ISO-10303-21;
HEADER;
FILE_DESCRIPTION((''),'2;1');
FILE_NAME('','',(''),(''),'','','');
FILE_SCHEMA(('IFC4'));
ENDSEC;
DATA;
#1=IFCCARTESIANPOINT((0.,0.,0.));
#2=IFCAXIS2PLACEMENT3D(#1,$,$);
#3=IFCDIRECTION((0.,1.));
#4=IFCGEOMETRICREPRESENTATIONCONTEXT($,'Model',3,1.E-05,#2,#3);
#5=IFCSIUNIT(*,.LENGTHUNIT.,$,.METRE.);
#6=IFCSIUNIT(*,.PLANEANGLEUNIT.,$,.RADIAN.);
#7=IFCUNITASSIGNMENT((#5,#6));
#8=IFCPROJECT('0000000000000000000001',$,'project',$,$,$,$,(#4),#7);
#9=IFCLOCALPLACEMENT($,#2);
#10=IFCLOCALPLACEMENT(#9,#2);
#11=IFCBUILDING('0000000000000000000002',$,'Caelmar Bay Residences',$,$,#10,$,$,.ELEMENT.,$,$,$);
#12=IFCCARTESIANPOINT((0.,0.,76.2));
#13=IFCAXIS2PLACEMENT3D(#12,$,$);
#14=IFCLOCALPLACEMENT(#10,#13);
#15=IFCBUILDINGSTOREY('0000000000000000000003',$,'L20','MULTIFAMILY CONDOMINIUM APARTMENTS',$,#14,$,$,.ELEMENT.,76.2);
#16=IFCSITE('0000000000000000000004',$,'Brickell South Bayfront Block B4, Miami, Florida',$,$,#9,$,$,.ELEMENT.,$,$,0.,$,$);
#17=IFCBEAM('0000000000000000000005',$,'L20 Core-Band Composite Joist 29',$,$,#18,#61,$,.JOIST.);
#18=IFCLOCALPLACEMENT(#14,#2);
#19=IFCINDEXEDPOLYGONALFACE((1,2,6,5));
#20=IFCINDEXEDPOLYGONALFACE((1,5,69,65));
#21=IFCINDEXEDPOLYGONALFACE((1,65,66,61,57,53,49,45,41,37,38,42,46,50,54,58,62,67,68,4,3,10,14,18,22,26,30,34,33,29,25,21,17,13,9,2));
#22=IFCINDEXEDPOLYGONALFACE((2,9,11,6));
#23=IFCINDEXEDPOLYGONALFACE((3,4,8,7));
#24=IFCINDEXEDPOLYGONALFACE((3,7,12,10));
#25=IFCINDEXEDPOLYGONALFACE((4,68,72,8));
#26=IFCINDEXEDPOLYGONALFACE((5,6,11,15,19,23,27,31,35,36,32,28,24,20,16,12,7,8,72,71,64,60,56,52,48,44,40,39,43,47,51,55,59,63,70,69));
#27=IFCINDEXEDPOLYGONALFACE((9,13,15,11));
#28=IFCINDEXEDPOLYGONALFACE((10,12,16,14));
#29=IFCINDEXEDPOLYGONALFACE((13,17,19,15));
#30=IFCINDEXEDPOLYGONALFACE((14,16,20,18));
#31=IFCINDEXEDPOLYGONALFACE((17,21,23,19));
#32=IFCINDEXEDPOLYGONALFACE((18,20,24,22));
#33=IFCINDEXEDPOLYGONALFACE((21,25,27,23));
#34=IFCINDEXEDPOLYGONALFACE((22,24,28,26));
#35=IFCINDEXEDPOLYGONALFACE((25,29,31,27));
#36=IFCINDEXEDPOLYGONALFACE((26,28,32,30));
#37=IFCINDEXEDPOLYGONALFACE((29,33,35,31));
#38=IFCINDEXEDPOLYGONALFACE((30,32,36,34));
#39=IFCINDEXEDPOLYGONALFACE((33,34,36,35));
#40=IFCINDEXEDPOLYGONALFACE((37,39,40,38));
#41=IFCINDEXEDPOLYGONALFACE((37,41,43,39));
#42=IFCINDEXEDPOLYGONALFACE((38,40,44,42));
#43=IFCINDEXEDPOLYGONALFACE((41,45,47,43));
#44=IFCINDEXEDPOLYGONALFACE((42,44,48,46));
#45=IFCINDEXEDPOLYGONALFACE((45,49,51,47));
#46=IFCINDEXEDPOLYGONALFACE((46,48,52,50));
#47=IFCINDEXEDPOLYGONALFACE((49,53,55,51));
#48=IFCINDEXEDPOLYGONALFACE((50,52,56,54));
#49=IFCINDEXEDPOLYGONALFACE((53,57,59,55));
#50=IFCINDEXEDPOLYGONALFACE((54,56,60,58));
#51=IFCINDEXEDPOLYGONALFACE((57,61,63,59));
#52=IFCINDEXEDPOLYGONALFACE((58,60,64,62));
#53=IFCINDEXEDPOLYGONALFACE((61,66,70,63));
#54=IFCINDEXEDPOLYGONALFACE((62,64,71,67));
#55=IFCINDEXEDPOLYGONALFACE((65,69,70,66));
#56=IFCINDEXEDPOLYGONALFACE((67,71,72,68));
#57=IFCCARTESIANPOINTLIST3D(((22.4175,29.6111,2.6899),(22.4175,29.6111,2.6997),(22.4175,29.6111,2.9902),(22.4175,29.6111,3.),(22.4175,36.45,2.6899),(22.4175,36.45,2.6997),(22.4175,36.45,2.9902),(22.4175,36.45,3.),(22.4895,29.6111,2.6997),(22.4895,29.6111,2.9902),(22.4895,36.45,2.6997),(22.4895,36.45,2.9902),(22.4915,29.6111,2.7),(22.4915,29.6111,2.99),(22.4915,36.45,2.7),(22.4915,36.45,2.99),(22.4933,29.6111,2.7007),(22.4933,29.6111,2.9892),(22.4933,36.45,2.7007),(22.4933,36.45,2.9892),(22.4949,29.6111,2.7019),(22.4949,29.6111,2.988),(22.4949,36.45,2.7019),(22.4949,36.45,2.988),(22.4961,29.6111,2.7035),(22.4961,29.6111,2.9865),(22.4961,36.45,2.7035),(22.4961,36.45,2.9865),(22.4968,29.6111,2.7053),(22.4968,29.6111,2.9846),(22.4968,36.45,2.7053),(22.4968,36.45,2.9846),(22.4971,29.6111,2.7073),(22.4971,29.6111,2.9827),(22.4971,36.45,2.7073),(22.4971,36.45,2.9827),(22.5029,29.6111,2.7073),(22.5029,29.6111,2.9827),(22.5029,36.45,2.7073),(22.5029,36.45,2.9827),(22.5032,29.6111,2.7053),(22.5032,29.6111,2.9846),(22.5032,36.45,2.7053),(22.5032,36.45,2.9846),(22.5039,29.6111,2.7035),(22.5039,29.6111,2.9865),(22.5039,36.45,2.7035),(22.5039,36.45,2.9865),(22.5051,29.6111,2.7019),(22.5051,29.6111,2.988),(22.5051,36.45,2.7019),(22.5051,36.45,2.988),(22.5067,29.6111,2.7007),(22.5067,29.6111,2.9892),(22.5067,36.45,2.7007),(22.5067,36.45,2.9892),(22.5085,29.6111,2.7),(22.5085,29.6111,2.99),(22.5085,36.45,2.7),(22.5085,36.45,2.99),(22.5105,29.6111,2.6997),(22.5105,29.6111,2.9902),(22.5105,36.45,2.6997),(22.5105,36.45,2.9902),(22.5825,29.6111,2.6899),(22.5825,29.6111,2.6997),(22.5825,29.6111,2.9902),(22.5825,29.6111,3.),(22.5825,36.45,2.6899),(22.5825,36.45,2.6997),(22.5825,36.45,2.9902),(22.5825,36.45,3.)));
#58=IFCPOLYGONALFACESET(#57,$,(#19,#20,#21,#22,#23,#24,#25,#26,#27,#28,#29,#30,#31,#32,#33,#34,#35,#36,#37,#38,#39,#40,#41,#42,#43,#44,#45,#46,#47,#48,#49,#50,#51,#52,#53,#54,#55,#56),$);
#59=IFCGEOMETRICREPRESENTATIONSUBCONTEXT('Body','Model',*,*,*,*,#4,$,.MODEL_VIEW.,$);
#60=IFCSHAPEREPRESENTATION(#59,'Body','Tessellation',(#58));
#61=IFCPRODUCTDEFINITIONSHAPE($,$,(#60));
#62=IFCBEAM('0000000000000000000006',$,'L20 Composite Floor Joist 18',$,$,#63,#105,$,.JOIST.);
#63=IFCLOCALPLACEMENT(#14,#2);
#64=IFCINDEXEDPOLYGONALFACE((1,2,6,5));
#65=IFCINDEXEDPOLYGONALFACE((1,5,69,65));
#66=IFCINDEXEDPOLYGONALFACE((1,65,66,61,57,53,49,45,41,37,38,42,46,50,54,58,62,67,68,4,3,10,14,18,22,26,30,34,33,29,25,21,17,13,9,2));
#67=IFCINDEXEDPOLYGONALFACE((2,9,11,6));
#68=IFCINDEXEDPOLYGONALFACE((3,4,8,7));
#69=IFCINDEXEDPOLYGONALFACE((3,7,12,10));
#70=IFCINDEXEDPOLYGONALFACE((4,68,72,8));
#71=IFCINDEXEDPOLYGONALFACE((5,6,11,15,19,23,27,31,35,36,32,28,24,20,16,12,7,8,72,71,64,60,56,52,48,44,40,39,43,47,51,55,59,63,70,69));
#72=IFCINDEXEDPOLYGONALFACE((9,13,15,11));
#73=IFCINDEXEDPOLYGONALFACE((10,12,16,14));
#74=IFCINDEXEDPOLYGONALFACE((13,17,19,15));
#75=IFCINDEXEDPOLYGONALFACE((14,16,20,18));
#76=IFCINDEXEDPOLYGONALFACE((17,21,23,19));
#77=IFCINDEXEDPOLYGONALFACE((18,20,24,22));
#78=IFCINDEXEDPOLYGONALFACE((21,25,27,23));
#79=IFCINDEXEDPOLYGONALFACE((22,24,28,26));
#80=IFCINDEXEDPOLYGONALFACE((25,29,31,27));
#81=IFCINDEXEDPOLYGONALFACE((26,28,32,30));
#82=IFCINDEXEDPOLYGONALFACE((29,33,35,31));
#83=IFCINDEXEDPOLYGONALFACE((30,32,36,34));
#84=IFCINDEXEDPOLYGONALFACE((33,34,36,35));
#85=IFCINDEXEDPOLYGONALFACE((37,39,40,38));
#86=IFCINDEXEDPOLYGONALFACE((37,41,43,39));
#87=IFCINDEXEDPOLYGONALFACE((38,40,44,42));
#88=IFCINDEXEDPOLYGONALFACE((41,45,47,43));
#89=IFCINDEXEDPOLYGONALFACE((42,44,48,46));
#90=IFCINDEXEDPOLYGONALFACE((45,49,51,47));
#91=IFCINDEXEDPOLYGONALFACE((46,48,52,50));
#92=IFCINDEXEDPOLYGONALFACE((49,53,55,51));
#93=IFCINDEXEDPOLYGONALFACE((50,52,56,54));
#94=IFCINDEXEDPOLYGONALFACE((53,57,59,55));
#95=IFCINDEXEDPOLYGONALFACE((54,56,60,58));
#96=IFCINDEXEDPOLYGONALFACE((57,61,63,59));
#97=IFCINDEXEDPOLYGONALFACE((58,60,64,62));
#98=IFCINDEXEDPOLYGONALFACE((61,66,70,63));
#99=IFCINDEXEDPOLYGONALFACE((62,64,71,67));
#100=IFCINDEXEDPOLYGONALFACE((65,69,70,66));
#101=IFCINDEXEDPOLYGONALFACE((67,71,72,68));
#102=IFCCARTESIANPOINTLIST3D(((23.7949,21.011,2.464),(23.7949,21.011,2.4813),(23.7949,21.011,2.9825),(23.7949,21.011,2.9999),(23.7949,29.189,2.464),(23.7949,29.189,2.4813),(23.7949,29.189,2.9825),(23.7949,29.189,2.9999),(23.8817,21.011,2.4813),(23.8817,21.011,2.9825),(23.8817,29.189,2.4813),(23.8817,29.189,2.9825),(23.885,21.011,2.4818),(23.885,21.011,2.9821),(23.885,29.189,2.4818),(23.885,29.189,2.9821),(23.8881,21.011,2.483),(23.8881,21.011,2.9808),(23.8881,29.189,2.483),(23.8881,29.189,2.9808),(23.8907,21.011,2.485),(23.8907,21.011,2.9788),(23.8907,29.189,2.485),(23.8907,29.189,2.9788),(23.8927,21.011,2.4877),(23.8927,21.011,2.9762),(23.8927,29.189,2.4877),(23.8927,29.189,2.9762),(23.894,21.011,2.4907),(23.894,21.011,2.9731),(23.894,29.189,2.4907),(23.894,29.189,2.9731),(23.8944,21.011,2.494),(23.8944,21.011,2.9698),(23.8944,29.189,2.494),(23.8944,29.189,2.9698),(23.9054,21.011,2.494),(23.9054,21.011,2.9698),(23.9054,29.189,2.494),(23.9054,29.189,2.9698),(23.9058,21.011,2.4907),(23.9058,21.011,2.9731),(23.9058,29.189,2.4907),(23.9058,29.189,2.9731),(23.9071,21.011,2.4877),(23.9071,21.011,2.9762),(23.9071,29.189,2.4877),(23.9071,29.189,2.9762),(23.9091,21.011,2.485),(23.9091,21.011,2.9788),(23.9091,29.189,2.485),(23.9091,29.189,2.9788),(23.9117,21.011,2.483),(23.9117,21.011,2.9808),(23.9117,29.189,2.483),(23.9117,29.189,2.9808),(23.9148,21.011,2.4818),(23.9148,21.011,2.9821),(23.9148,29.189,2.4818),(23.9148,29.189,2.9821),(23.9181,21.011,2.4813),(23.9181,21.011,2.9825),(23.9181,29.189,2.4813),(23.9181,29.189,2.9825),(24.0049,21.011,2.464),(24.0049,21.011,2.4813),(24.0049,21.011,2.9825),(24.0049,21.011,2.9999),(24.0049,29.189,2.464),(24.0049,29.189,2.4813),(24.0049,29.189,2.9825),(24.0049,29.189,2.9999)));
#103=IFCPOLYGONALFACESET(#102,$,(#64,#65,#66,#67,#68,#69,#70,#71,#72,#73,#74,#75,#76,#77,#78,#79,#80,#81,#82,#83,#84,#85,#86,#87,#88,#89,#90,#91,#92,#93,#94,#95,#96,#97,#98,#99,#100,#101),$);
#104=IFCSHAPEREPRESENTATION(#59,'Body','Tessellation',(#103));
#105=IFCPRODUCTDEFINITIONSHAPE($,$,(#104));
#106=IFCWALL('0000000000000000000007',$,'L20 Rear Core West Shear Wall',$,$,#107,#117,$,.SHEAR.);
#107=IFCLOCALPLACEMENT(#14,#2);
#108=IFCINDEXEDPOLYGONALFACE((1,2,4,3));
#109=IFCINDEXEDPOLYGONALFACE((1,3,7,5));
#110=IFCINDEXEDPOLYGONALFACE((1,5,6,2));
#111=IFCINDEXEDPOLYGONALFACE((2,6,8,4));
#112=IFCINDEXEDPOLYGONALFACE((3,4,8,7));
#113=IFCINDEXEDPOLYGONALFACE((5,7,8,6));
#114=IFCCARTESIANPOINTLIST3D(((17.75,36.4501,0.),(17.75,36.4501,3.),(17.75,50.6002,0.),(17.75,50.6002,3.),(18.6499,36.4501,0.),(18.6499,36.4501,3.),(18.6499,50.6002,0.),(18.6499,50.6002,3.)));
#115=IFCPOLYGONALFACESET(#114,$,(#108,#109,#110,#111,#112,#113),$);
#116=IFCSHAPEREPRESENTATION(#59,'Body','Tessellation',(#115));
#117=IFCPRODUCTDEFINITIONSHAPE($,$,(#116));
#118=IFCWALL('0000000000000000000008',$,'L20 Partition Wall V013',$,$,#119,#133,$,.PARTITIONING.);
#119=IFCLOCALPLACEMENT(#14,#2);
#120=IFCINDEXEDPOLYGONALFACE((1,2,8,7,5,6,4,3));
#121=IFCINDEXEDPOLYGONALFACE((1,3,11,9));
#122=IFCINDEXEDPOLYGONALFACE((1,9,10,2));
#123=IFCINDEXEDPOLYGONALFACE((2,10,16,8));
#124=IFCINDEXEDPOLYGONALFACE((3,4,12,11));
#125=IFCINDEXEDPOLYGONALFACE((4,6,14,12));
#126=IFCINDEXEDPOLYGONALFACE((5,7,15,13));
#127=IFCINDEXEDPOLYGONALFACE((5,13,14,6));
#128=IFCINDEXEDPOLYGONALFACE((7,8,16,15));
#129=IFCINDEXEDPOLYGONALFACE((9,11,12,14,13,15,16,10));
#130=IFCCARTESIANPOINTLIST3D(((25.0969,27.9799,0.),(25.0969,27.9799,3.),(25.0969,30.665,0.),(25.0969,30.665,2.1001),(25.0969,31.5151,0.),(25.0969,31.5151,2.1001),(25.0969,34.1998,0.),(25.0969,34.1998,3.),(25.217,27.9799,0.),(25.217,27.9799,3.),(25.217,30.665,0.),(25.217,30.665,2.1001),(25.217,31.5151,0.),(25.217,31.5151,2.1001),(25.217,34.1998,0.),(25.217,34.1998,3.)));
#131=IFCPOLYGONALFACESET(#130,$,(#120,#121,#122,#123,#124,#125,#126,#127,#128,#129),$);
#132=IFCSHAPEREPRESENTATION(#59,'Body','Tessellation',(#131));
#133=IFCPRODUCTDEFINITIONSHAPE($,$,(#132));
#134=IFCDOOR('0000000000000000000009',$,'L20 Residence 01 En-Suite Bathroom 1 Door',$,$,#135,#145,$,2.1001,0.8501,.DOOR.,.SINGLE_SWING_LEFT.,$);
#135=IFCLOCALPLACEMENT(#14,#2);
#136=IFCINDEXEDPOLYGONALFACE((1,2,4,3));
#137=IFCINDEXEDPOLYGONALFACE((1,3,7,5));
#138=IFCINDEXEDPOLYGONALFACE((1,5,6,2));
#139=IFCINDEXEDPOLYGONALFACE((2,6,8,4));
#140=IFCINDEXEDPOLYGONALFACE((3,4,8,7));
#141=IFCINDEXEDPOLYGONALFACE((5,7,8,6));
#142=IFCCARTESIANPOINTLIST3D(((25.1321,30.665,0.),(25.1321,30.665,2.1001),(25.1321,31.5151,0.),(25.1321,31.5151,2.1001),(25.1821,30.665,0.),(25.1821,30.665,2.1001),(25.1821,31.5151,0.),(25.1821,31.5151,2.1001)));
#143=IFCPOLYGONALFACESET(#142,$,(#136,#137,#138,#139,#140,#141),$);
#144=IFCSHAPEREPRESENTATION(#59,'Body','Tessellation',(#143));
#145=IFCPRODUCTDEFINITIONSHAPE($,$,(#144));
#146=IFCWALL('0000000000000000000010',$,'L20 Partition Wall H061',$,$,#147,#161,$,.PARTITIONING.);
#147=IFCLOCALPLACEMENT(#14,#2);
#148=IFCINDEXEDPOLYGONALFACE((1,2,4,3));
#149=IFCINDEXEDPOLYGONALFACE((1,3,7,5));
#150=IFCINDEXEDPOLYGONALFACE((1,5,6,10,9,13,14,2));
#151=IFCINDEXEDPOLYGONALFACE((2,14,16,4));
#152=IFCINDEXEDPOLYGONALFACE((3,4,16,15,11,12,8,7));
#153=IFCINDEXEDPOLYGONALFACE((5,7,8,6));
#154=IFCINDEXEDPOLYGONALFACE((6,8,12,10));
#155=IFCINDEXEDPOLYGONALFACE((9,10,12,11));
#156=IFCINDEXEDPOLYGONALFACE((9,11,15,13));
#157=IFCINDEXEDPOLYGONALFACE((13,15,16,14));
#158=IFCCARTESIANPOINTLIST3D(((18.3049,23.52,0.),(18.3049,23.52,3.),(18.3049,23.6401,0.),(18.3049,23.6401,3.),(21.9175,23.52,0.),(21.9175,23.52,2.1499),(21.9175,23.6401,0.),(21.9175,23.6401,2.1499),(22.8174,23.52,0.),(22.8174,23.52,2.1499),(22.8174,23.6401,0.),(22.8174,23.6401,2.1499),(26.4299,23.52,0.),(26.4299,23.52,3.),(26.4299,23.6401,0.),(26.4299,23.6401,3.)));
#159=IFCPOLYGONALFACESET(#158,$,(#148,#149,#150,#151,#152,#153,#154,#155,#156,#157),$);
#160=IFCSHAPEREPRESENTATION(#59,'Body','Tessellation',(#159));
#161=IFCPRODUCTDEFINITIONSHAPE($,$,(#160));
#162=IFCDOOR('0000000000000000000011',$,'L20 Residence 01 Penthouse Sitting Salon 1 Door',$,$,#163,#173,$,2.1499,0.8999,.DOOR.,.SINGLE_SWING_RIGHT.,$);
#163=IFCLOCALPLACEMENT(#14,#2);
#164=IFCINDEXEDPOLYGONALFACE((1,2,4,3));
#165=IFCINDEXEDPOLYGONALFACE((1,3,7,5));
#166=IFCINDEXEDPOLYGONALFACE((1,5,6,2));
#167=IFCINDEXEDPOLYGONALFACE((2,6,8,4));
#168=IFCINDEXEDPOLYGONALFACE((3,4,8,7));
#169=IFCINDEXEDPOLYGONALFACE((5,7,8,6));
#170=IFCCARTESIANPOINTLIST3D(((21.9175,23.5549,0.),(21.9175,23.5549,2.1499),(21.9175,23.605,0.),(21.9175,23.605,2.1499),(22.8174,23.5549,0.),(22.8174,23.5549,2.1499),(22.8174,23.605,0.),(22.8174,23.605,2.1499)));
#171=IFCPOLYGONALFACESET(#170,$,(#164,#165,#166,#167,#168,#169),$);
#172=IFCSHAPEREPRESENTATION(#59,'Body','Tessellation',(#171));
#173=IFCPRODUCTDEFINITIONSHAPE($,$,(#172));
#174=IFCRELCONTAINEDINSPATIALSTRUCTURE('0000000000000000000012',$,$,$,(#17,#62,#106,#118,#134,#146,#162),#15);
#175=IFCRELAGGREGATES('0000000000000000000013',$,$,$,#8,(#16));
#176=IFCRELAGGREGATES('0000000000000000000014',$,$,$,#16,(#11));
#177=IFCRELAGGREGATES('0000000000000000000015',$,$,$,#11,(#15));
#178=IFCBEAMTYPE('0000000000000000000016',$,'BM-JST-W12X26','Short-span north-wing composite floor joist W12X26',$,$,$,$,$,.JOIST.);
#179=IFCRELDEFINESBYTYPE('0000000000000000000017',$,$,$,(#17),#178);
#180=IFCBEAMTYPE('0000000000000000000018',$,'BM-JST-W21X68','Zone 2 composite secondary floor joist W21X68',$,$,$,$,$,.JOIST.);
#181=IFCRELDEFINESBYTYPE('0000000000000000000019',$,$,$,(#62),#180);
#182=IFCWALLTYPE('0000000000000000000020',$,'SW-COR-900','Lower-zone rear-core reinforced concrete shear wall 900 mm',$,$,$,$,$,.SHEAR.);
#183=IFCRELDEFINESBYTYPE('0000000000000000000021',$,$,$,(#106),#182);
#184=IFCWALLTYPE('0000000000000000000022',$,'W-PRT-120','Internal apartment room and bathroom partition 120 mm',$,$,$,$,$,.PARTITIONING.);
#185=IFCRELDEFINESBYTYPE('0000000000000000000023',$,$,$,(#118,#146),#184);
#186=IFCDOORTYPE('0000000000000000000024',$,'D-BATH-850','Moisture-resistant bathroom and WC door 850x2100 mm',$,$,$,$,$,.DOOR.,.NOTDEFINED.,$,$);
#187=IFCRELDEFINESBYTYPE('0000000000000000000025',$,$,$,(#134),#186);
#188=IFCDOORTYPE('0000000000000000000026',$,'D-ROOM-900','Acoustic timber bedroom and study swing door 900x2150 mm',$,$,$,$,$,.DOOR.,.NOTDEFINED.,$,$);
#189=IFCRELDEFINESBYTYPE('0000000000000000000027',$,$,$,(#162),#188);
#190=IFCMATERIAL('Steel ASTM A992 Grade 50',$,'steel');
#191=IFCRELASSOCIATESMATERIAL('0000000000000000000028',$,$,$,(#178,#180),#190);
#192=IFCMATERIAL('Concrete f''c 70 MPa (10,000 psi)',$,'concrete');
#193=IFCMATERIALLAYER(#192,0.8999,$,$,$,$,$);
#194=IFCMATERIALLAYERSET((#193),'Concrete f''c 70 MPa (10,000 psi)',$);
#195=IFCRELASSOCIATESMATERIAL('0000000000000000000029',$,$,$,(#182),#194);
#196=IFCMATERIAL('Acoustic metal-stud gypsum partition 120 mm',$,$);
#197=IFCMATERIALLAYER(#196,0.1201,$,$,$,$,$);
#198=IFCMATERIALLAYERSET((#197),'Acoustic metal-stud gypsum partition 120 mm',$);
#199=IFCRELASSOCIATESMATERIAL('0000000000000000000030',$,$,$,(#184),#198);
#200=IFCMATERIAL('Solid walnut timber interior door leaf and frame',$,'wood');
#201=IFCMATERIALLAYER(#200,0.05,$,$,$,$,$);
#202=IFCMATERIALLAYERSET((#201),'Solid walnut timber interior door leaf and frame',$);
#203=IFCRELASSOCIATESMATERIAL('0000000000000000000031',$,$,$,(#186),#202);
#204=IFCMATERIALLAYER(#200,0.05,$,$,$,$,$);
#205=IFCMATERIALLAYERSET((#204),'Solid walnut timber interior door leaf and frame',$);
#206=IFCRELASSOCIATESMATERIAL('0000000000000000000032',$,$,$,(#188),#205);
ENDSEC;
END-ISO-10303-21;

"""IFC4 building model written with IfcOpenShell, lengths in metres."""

from ifc_helpers import new_model, si_unit, direction, frame, frame_2d, origin, origin_2d, place, context, subcontext, project, spatial, rectangle, i_section, extrude, material, layer, layer_set, material_profile, profile_set, type_object, element, fill, save


model = new_model("IFC4")

# Units and contexts
model_context = context("Model", 3, precision=1e-05, world=origin(), true_north=direction((0.0, 1.0)))
body_context = subcontext(model_context, "Body", "Model", "MODEL_VIEW")
ifc_project = project(units=[si_unit("LENGTHUNIT", "METRE"), si_unit("PLANEANGLEUNIT", "RADIAN")], contexts=[model_context])

# Site, building, storey
site_placement = place(None, origin())
site = spatial("IfcSite", under=ifc_project, at=site_placement, Name="Brickell South Bayfront Block B4, Miami, Florida", CompositionType="ELEMENT", RefElevation=0.0)
building_placement = place(site_placement, origin())
building = spatial("IfcBuilding", under=site, at=building_placement, Name="Caelmar Bay Residences", CompositionType="ELEMENT")
storey_placement = place(building_placement, frame((0.0, 0.0, 76.2)))
storey = spatial("IfcBuildingStorey", under=building, at=storey_placement, Name="L20", Description="MULTIFAMILY CONDOMINIUM APARTMENTS", CompositionType="ELEMENT", Elevation=76.2)

# Shared definitions
ifc_material_1 = material(Name="Concrete f'c 70 MPa (10,000 psi)", Category="concrete")

# Beams
ifc_material_2 = material(Name="Steel ASTM A992 Grade 50", Category="steel")
ifc_material_profile_1 = material_profile(ifc_material_2, i_section(OverallWidth=0.165, OverallDepth=0.3101, WebThickness=0.0059, FlangeThickness=0.0098, FilletRadius=0.0076, at=origin_2d()), Name="W12X26")
ifc_profile_set_1 = profile_set([ifc_material_profile_1], Name="Steel ASTM A992 Grade 50")
beam_type_1 = type_object("IfcBeamType", Name="BM-JST-W12X26", Description="Short-span north-wing composite floor joist W12X26", PredefinedType="JOIST", material=ifc_profile_set_1)
beam_1_placement = place(storey_placement, frame((22.5, 29.6111, 2.845), z_axis=(0.0, 1.0, 0.0), x_axis=(-1.0, 0.0, 0.0)))
element("IfcBeam", 1, at=beam_1_placement, inside=storey, type_object=beam_type_1, Name="L20 Core-Band Composite Joist 29", PredefinedType="JOIST", context=body_context, shape_type="SweptSolid", body=[
    extrude(i_section(OverallWidth=0.165, OverallDepth=0.3101, WebThickness=0.0059, FlangeThickness=0.0098, FilletRadius=0.0076, at=origin_2d()), origin(), (0.0, 0.0, 1.0), 6.8389),
])
ifc_material_profile_2 = material_profile(ifc_material_2, i_section(OverallWidth=0.21, OverallDepth=0.5359, WebThickness=0.011, FlangeThickness=0.0173, FilletRadius=0.0127, at=origin_2d()), Name="W21X68")
ifc_profile_set_2 = profile_set([ifc_material_profile_2], Name="Steel ASTM A992 Grade 50")
beam_type_2 = type_object("IfcBeamType", Name="BM-JST-W21X68", Description="Zone 2 composite secondary floor joist W21X68", PredefinedType="JOIST", material=ifc_profile_set_2)
beam_2_placement = place(storey_placement, frame((23.8999, 21.011, 2.7319), z_axis=(0.0, 1.0, 0.0), x_axis=(-1.0, 0.0, 0.0)))
element("IfcBeam", 2, at=beam_2_placement, inside=storey, type_object=beam_type_2, Name="L20 Composite Floor Joist 18", PredefinedType="JOIST", context=body_context, shape_type="SweptSolid", body=[
    extrude(i_section(OverallWidth=0.21, OverallDepth=0.5359, WebThickness=0.011, FlangeThickness=0.0173, FilletRadius=0.0127, at=origin_2d()), origin(), (0.0, 0.0, 1.0), 8.178),
])

# Wall
ifc_layer_1 = layer(ifc_material_1, 0.8999)
ifc_layer_set_1 = layer_set([ifc_layer_1], Name="Concrete f'c 70 MPa (10,000 psi)")
wall_type_1 = type_object("IfcWallType", Name="SW-COR-900", Description="Lower-zone rear-core reinforced concrete shear wall 900 mm", PredefinedType="SHEAR", material=ifc_layer_set_1)
wall_1_placement = place(storey_placement, frame((18.2, 36.45, 0.0), z_axis=(0.0, 0.0, 1.0), x_axis=(0.0, 1.0, 0.0)))
element("IfcWall", 3, at=wall_1_placement, inside=storey, type_object=wall_type_1, Name="L20 Rear Core West Shear Wall", PredefinedType="SHEAR", context=body_context, shape_type="SweptSolid", body=[
    extrude(rectangle(XDim=14.1501, YDim=0.8999, at=frame_2d((7.0752, 0.0))), origin(), (0.0, 0.0, 1.0), 3.0),
])

# Walls, openings, doors
ifc_material_3 = material(Name="Acoustic metal-stud gypsum partition 120 mm")
ifc_layer_2 = layer(ifc_material_3, 0.1201)
ifc_layer_set_2 = layer_set([ifc_layer_2], Name="Acoustic metal-stud gypsum partition 120 mm")
wall_type_2 = type_object("IfcWallType", Name="W-PRT-120", Description="Internal apartment room and bathroom partition 120 mm", PredefinedType="PARTITIONING", material=ifc_layer_set_2)
wall_2_placement = place(storey_placement, frame((25.157, 27.98, 0.0), z_axis=(0.0, 0.0, 1.0), x_axis=(0.0, 1.0, 0.0)))
wall_2 = element("IfcWall", 4, at=wall_2_placement, inside=storey, type_object=wall_type_2, Name="L20 Partition Wall V013", PredefinedType="PARTITIONING", context=body_context, shape_type="SweptSolid", body=[
    extrude(rectangle(XDim=6.22, YDim=0.1201, at=frame_2d((3.1099, 0.0))), origin(), (0.0, 0.0, 1.0), 3.0),
])
opening_1_placement = place(wall_2_placement, frame((2.6851, 0.0, 0.0)))
opening_1 = element("IfcOpeningElement", 5, at=opening_1_placement, cuts=wall_2, PredefinedType="OPENING", context=body_context, shape_type="SweptSolid", body=[
    extrude(rectangle(XDim=0.8501, YDim=2.1001, at=frame_2d((0.425, 1.05))), frame((0.0, 0.0701, 0.0), z_axis=(0.0, -1.0, 0.0), x_axis=(1.0, 0.0, 0.0)), (0.0, 0.0, 1.0), 0.1401),
])
ifc_material_4 = material(Name="Solid walnut timber interior door leaf and frame", Category="wood")
ifc_layer_3 = layer(ifc_material_4, 0.05)
ifc_layer_set_3 = layer_set([ifc_layer_3], Name="Solid walnut timber interior door leaf and frame")
door_type_1 = type_object("IfcDoorType", Name="D-BATH-850", Description="Moisture-resistant bathroom and WC door 850x2100 mm", OperationType="NOTDEFINED", PredefinedType="DOOR", material=ifc_layer_set_3)
door_1_placement = place(opening_1_placement, origin())
door_1 = element("IfcDoor", 6, at=door_1_placement, inside=storey, type_object=door_type_1, Name="L20 Residence 01 En-Suite Bathroom 1 Door", OperationType="SINGLE_SWING_LEFT", OverallHeight=2.1001, OverallWidth=0.8501, PredefinedType="DOOR", context=body_context, shape_type="SweptSolid", body=[
    extrude(rectangle(XDim=0.8501, YDim=2.1001, at=frame_2d((0.425, 1.05))), frame((0.0, 0.0249, 0.0), z_axis=(0.0, -1.0, 0.0), x_axis=(1.0, 0.0, 0.0)), (0.0, 0.0, 1.0), 0.05),
])
fill(opening_1, door_1)
wall_3_placement = place(storey_placement, frame((18.3049, 23.5801, 0.0), z_axis=(0.0, 0.0, 1.0), x_axis=(1.0, 0.0, 0.0)))
wall_3 = element("IfcWall", 7, at=wall_3_placement, inside=storey, type_object=wall_type_2, Name="L20 Partition Wall H061", PredefinedType="PARTITIONING", context=body_context, shape_type="SweptSolid", body=[
    extrude(rectangle(XDim=8.125, YDim=0.1201, at=frame_2d((4.0625, 0.0))), origin(), (0.0, 0.0, 1.0), 3.0),
])
opening_2_placement = place(wall_3_placement, frame((3.6125, 0.0, 0.0)))
opening_2 = element("IfcOpeningElement", 8, at=opening_2_placement, cuts=wall_3, PredefinedType="OPENING", context=body_context, shape_type="SweptSolid", body=[
    extrude(rectangle(XDim=0.8999, YDim=2.1499, at=frame_2d((0.45, 1.075))), frame((0.0, 0.0701, 0.0), z_axis=(0.0, -1.0, 0.0), x_axis=(1.0, 0.0, 0.0)), (0.0, 0.0, 1.0), 0.1401),
])
ifc_layer_4 = layer(ifc_material_4, 0.05)
ifc_layer_set_4 = layer_set([ifc_layer_4], Name="Solid walnut timber interior door leaf and frame")
door_type_2 = type_object("IfcDoorType", Name="D-ROOM-900", Description="Acoustic timber bedroom and study swing door 900x2150 mm", OperationType="NOTDEFINED", PredefinedType="DOOR", material=ifc_layer_set_4)
door_2_placement = place(opening_2_placement, origin())
door_2 = element("IfcDoor", 9, at=door_2_placement, inside=storey, type_object=door_type_2, Name="L20 Residence 01 Penthouse Sitting Salon 1 Door", OperationType="SINGLE_SWING_RIGHT", OverallHeight=2.1499, OverallWidth=0.8999, PredefinedType="DOOR", context=body_context, shape_type="SweptSolid", body=[
    extrude(rectangle(XDim=0.8999, YDim=2.1499, at=frame_2d((0.45, 1.075))), frame((0.0, 0.0249, 0.0), z_axis=(0.0, -1.0, 0.0), x_axis=(1.0, 0.0, 0.0)), (0.0, 0.0, 1.0), 0.05),
])
fill(opening_2, door_2)

save(model, "model.ifc")
